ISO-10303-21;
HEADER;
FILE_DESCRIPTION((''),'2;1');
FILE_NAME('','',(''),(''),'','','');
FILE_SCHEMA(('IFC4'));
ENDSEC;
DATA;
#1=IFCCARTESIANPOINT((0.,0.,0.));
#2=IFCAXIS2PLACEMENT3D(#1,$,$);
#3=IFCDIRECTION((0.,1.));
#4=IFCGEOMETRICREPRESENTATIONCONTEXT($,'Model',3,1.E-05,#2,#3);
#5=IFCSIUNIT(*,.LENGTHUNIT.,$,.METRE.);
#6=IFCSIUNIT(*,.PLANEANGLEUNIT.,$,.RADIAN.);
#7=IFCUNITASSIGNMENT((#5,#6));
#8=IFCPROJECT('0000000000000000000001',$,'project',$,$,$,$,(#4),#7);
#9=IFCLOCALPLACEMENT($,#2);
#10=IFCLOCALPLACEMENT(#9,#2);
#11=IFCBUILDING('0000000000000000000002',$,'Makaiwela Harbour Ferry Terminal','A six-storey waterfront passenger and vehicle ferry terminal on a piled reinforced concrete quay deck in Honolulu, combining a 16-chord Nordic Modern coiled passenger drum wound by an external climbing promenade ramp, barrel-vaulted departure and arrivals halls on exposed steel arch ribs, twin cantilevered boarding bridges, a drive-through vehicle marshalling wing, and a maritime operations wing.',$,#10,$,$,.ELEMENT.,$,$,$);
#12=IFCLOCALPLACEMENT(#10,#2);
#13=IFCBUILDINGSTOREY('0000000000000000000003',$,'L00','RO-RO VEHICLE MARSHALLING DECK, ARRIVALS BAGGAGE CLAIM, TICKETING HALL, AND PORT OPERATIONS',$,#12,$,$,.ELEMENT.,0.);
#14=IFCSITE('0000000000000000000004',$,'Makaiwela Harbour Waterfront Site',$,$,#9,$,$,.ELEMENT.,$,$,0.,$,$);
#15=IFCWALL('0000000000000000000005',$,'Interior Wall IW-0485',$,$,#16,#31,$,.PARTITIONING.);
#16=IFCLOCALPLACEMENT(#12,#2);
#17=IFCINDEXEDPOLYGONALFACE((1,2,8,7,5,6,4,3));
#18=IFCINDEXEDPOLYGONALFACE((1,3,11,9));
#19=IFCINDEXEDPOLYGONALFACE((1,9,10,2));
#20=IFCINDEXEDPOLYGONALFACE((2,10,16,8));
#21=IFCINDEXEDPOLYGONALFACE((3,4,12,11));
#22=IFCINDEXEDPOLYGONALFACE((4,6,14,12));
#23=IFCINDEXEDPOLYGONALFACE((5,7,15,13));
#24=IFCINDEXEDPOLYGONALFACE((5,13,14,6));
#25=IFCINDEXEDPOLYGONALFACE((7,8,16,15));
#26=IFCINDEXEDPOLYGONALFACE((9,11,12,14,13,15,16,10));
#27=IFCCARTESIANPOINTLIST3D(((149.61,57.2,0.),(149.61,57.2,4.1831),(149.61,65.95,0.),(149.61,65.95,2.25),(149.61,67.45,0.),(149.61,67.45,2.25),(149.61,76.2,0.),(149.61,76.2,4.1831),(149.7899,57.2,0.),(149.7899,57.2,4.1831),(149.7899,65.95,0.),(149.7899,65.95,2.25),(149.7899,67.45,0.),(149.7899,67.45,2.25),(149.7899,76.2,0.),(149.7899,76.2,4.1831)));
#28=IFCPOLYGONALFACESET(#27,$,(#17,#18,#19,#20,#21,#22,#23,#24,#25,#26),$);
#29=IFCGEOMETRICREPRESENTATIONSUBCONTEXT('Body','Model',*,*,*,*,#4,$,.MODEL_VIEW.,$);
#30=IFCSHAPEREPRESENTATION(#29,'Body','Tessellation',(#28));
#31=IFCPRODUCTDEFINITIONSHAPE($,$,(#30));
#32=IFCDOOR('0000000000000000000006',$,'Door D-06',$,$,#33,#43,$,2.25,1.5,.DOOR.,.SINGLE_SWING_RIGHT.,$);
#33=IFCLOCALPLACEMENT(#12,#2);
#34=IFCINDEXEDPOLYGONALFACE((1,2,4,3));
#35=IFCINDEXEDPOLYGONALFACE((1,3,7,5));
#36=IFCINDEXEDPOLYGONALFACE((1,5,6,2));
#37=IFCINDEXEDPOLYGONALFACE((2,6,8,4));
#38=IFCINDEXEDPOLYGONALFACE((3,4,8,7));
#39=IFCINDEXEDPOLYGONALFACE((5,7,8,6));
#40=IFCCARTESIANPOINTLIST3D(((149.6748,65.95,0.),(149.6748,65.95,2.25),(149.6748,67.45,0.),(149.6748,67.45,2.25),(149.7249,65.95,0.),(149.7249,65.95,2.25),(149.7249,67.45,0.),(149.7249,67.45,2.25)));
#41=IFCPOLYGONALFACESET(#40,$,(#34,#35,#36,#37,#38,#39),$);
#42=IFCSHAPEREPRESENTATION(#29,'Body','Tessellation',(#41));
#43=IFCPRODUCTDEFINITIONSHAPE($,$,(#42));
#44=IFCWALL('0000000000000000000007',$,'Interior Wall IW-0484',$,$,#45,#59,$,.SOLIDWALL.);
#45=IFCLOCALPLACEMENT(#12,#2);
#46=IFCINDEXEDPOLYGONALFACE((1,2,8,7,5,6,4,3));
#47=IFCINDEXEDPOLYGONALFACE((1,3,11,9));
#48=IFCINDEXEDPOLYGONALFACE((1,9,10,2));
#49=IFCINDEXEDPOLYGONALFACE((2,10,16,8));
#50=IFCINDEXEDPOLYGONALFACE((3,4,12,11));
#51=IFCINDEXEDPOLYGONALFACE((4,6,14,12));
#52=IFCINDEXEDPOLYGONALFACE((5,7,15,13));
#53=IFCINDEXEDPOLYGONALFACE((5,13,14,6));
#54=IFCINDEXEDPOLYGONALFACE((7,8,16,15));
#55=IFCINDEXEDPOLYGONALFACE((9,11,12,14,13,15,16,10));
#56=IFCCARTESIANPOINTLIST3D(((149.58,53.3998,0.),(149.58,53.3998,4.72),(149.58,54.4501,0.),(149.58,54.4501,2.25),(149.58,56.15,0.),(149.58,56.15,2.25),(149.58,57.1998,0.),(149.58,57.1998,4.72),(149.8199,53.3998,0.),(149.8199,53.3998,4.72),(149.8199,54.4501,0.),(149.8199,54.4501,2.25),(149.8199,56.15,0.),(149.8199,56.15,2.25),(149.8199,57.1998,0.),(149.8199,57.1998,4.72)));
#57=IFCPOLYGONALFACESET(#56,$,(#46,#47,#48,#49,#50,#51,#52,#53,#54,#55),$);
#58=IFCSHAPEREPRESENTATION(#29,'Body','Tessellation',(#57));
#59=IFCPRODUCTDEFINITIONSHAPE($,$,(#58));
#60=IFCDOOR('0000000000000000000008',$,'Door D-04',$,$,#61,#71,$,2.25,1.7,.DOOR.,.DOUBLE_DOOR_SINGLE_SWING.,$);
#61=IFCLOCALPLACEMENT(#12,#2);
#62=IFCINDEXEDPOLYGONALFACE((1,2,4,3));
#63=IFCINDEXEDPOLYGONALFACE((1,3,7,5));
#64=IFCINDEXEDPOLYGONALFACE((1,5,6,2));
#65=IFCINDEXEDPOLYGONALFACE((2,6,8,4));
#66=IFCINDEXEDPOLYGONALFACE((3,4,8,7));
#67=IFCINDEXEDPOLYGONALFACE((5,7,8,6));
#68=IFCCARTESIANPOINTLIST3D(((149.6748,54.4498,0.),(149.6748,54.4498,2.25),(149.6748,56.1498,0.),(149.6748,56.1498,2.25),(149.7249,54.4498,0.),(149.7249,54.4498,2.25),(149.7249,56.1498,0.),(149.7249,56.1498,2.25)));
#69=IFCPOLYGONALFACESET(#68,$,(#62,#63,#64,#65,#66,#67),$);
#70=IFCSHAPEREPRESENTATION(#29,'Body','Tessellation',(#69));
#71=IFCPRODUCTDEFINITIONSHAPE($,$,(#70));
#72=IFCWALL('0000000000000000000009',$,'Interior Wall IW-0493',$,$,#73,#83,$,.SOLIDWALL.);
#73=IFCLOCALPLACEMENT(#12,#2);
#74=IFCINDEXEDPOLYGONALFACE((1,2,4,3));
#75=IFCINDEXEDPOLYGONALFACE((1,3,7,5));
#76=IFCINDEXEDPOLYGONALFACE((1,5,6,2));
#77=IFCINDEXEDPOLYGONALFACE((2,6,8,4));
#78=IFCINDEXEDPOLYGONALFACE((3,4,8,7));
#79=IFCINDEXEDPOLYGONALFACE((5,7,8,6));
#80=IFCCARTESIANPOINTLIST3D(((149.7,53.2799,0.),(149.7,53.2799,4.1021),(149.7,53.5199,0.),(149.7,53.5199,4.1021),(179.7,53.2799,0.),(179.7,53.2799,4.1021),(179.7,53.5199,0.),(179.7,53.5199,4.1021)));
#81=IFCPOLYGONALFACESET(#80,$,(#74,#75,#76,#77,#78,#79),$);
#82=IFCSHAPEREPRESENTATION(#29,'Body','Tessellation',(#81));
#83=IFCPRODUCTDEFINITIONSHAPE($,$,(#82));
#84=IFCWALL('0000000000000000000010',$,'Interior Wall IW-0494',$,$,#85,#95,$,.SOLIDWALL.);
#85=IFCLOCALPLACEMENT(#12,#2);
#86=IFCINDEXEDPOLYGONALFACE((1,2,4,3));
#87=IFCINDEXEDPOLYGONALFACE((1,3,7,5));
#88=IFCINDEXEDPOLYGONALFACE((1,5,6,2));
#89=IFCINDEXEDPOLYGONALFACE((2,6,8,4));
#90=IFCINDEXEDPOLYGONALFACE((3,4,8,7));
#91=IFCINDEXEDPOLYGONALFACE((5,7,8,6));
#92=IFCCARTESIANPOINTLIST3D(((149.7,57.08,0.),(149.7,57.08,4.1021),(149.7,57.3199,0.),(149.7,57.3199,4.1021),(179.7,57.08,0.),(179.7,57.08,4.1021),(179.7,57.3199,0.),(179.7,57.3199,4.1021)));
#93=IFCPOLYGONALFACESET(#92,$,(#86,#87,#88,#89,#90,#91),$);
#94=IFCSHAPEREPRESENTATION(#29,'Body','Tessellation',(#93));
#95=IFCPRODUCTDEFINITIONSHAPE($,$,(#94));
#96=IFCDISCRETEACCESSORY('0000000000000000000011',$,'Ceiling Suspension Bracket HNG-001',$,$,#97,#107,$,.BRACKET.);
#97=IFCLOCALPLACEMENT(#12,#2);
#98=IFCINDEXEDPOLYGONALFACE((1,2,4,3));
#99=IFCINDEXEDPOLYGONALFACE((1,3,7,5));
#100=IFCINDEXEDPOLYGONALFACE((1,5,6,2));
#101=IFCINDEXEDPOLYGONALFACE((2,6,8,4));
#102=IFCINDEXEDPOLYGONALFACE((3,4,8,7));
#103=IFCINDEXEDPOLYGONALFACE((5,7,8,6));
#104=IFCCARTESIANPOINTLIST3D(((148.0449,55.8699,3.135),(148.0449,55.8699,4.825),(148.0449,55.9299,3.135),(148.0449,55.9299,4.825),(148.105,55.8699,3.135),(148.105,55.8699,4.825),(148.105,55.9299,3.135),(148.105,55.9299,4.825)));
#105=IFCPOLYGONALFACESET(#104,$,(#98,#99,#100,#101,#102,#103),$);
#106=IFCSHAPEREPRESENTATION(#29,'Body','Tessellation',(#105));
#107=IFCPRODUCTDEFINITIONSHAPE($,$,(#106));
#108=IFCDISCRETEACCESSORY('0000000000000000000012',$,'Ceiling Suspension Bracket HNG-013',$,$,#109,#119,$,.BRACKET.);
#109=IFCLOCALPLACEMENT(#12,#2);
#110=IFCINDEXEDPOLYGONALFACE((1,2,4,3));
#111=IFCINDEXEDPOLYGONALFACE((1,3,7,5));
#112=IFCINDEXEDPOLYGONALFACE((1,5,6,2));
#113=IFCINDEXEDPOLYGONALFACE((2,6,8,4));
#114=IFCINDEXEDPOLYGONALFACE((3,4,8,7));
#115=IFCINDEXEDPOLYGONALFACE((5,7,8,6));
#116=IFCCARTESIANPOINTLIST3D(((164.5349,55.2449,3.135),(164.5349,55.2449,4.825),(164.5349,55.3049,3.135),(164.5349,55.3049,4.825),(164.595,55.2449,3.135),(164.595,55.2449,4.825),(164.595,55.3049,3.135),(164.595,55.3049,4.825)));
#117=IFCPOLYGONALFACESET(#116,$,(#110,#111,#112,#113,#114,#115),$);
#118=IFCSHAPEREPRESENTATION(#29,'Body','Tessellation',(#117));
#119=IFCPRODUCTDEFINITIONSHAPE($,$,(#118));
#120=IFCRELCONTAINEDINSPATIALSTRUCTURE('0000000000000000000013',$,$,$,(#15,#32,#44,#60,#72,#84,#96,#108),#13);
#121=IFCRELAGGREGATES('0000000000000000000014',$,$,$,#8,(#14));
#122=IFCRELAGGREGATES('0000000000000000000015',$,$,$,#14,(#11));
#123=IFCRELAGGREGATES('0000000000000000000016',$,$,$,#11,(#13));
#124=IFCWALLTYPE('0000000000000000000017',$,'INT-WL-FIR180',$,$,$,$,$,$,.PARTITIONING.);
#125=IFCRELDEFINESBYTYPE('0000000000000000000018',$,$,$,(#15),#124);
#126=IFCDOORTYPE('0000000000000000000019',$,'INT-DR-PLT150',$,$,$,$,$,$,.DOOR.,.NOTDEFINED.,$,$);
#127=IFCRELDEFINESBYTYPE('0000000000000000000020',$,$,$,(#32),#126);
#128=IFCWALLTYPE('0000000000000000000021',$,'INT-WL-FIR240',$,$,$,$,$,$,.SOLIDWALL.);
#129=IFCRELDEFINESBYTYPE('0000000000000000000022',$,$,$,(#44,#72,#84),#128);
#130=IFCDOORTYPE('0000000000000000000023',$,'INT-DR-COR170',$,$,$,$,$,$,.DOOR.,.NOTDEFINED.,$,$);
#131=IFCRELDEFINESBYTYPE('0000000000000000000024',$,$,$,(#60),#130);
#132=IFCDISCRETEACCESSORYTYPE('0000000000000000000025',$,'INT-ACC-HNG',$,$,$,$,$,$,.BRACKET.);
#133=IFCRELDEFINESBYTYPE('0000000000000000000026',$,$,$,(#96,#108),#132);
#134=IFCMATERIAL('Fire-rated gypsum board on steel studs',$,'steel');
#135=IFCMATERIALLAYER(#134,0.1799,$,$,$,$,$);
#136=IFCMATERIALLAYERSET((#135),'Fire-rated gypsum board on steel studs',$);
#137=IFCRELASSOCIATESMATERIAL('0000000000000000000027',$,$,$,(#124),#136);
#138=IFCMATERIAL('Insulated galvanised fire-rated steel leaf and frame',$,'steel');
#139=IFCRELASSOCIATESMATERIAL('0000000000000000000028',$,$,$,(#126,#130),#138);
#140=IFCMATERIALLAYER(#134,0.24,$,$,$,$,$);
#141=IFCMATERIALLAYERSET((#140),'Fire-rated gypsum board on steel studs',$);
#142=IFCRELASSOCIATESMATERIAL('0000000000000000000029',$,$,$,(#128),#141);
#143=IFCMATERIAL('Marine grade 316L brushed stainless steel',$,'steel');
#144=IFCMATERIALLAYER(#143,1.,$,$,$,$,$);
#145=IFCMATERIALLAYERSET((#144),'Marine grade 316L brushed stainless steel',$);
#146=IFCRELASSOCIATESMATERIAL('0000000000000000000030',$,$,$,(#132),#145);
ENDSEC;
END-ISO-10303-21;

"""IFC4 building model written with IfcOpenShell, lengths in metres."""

from ifc_helpers import new_model, si_unit, direction, frame, frame_2d, origin, origin_2d, place, context, subcontext, project, spatial, rectangle, extrude, material, layer, layer_set, type_object, element, fill, save


model = new_model("IFC4")

# Units and contexts
model_context = context("Model", 3, precision=1e-05, world=origin(), true_north=direction((0.0, 1.0)))
body_context = subcontext(model_context, "Body", "Model", "MODEL_VIEW")
ifc_project = project(units=[si_unit("LENGTHUNIT", "METRE"), si_unit("PLANEANGLEUNIT", "RADIAN")], contexts=[model_context])

# Site, building, storey
site_placement = place(None, origin())
site = spatial("IfcSite", under=ifc_project, at=site_placement, Name="Makaiwela Harbour Waterfront Site", CompositionType="ELEMENT", RefElevation=0.0)
building_placement = place(site_placement, origin())
building = spatial("IfcBuilding", under=site, at=building_placement, Name="Makaiwela Harbour Ferry Terminal", Description="A six-storey waterfront passenger and vehicle ferry terminal on a piled reinforced concrete quay deck in Honolulu, combining a 16-chord Nordic Modern coiled passenger drum wound by an external climbing promenade ramp, barrel-vaulted departure and arrivals halls on exposed steel arch ribs, twin cantilevered boarding bridges, a drive-through vehicle marshalling wing, and a maritime operations wing.", CompositionType="ELEMENT")
storey_placement = place(building_placement, origin())
storey = spatial("IfcBuildingStorey", under=building, at=storey_placement, Name="L00", Description="RO-RO VEHICLE MARSHALLING DECK, ARRIVALS BAGGAGE CLAIM, TICKETING HALL, AND PORT OPERATIONS", CompositionType="ELEMENT", Elevation=0.0)

# Walls, openings, doors
ifc_material_1 = material(Name="Fire-rated gypsum board on steel studs", Category="steel")
ifc_layer_1 = layer(ifc_material_1, 0.1799)
ifc_layer_set_1 = layer_set([ifc_layer_1], Name="Fire-rated gypsum board on steel studs")
wall_type_1 = type_object("IfcWallType", Name="INT-WL-FIR180", PredefinedType="PARTITIONING", material=ifc_layer_set_1)
wall_1_placement = place(storey_placement, frame((149.7, 57.2, 0.0), z_axis=(0.0, 0.0, 1.0), x_axis=(0.0, 1.0, 0.0)))
wall_1 = element("IfcWall", 1, at=wall_1_placement, inside=storey, type_object=wall_type_1, Name="Interior Wall IW-0485", PredefinedType="PARTITIONING", context=body_context, shape_type="SweptSolid", body=[
    extrude(rectangle(XDim=19.0, YDim=0.1799, at=frame_2d((9.5, 0.0))), origin(), (0.0, 0.0, 1.0), 4.1831),
])
opening_1_placement = place(wall_1_placement, frame((8.75, 0.0, 0.0)))
opening_1 = element("IfcOpeningElement", 2, at=opening_1_placement, cuts=wall_1, PredefinedType="OPENING", context=body_context, shape_type="SweptSolid", body=[
    extrude(rectangle(XDim=1.5, YDim=2.25, at=frame_2d((0.75, 1.125))), frame((0.0, 0.0999, 0.0), z_axis=(0.0, -1.0, 0.0), x_axis=(1.0, 0.0, 0.0)), (0.0, 0.0, 1.0), 0.2),
])
ifc_material_2 = material(Name="Insulated galvanised fire-rated steel leaf and frame", Category="steel")
door_type_1 = type_object("IfcDoorType", Name="INT-DR-PLT150", OperationType="NOTDEFINED", PredefinedType="DOOR", material=ifc_material_2)
door_1_placement = place(opening_1_placement, frame((1.5, 0.0, 0.0), z_axis=(0.0, 0.0, 1.0), x_axis=(-1.0, 0.0, 0.0)))
door_1 = element("IfcDoor", 3, at=door_1_placement, inside=storey, type_object=door_type_1, Name="Door D-06", OperationType="SINGLE_SWING_RIGHT", OverallHeight=2.25, OverallWidth=1.5, PredefinedType="DOOR", context=body_context, shape_type="SweptSolid", body=[
    extrude(rectangle(XDim=1.5, YDim=2.25, at=frame_2d((0.75, 1.125))), frame((0.0, 0.0249, 0.0), z_axis=(0.0, -1.0, 0.0), x_axis=(1.0, 0.0, 0.0)), (0.0, 0.0, 1.0), 0.05),
])
fill(opening_1, door_1)
ifc_layer_2 = layer(ifc_material_1, 0.24)
ifc_layer_set_2 = layer_set([ifc_layer_2], Name="Fire-rated gypsum board on steel studs")
wall_type_2 = type_object("IfcWallType", Name="INT-WL-FIR240", PredefinedType="SOLIDWALL", material=ifc_layer_set_2)
wall_2_placement = place(storey_placement, frame((149.7, 53.3999, 0.0), z_axis=(0.0, 0.0, 1.0), x_axis=(0.0, 1.0, 0.0)))
wall_2 = element("IfcWall", 4, at=wall_2_placement, inside=storey, type_object=wall_type_2, Name="Interior Wall IW-0484", PredefinedType="SOLIDWALL", context=body_context, shape_type="SweptSolid", body=[
    extrude(rectangle(XDim=3.8, YDim=0.24, at=frame_2d((1.8999, 0.0))), origin(), (0.0, 0.0, 1.0), 4.72),
])
opening_2_placement = place(wall_2_placement, frame((1.05, 0.0, 0.0)))
opening_2 = element("IfcOpeningElement", 5, at=opening_2_placement, cuts=wall_2, PredefinedType="OPENING", context=body_context, shape_type="SweptSolid", body=[
    extrude(rectangle(XDim=1.7, YDim=2.25, at=frame_2d((0.8501, 1.125))), frame((0.0, 0.1299, 0.0), z_axis=(0.0, -1.0, 0.0), x_axis=(1.0, 0.0, 0.0)), (0.0, 0.0, 1.0), 0.26),
])
door_type_2 = type_object("IfcDoorType", Name="INT-DR-COR170", OperationType="NOTDEFINED", PredefinedType="DOOR", material=ifc_material_2)
door_2_placement = place(opening_2_placement, frame((1.7, 0.0, 0.0), z_axis=(0.0, 0.0, 1.0), x_axis=(-1.0, 0.0, 0.0)))
door_2 = element("IfcDoor", 6, at=door_2_placement, inside=storey, type_object=door_type_2, Name="Door D-04", OperationType="DOUBLE_DOOR_SINGLE_SWING", OverallHeight=2.25, OverallWidth=1.7, PredefinedType="DOOR", context=body_context, shape_type="SweptSolid", body=[
    extrude(rectangle(XDim=1.7, YDim=2.25, at=frame_2d((0.8501, 1.125))), frame((0.0, 0.0249, 0.0), z_axis=(0.0, -1.0, 0.0), x_axis=(1.0, 0.0, 0.0)), (0.0, 0.0, 1.0), 0.05),
])
fill(opening_2, door_2)

# Walls
for number, where, z_axis, x_axis, name in (
    (7, (149.7, 53.3999, 0.0), (0.0, 0.0, 1.0), (1.0, 0.0, 0.0), "Interior Wall IW-0493"),
    (8, (149.7, 57.2, 0.0), (0.0, 0.0, 1.0), (1.0, 0.0, 0.0), "Interior Wall IW-0494"),
):
    element("IfcWall", number, at=place(storey_placement, frame(where, z_axis=z_axis, x_axis=x_axis)), inside=storey, type_object=wall_type_2, Name=name, PredefinedType="SOLIDWALL", context=body_context, shape_type="SweptSolid", body=[
        extrude(rectangle(XDim=30.0, YDim=0.24, at=frame_2d((15.0, 0.0))), origin(), (0.0, 0.0, 1.0), 4.1021),
    ])

# Discrete accessories
ifc_material_3 = material(Name="Marine grade 316L brushed stainless steel", Category="steel")
ifc_layer_3 = layer(ifc_material_3, 1.0)
ifc_layer_set_3 = layer_set([ifc_layer_3], Name="Marine grade 316L brushed stainless steel")
discrete_accessory_type = type_object("IfcDiscreteAccessoryType", Name="INT-ACC-HNG", PredefinedType="BRACKET", material=ifc_layer_set_3)
for number, where, z_axis, x_axis, name in (
    (9, (148.075, 55.8999, 3.135), (0.0, 0.0, 1.0), (1.0, 0.0, 0.0), "Ceiling Suspension Bracket HNG-001"),
    (10, (164.5649, 55.2749, 3.135), (0.0, 0.0, 1.0), (1.0, 0.0, 0.0), "Ceiling Suspension Bracket HNG-013"),
):
    element("IfcDiscreteAccessory", number, at=place(storey_placement, frame(where, z_axis=z_axis, x_axis=x_axis)), inside=storey, type_object=discrete_accessory_type, Name=name, PredefinedType="BRACKET", context=body_context, shape_type="SweptSolid", body=[
        extrude(rectangle(XDim=0.0601, YDim=0.0601, at=origin_2d()), origin(), (0.0, 0.0, 1.0), 1.6899),
    ])

save(model, "model.ifc")
